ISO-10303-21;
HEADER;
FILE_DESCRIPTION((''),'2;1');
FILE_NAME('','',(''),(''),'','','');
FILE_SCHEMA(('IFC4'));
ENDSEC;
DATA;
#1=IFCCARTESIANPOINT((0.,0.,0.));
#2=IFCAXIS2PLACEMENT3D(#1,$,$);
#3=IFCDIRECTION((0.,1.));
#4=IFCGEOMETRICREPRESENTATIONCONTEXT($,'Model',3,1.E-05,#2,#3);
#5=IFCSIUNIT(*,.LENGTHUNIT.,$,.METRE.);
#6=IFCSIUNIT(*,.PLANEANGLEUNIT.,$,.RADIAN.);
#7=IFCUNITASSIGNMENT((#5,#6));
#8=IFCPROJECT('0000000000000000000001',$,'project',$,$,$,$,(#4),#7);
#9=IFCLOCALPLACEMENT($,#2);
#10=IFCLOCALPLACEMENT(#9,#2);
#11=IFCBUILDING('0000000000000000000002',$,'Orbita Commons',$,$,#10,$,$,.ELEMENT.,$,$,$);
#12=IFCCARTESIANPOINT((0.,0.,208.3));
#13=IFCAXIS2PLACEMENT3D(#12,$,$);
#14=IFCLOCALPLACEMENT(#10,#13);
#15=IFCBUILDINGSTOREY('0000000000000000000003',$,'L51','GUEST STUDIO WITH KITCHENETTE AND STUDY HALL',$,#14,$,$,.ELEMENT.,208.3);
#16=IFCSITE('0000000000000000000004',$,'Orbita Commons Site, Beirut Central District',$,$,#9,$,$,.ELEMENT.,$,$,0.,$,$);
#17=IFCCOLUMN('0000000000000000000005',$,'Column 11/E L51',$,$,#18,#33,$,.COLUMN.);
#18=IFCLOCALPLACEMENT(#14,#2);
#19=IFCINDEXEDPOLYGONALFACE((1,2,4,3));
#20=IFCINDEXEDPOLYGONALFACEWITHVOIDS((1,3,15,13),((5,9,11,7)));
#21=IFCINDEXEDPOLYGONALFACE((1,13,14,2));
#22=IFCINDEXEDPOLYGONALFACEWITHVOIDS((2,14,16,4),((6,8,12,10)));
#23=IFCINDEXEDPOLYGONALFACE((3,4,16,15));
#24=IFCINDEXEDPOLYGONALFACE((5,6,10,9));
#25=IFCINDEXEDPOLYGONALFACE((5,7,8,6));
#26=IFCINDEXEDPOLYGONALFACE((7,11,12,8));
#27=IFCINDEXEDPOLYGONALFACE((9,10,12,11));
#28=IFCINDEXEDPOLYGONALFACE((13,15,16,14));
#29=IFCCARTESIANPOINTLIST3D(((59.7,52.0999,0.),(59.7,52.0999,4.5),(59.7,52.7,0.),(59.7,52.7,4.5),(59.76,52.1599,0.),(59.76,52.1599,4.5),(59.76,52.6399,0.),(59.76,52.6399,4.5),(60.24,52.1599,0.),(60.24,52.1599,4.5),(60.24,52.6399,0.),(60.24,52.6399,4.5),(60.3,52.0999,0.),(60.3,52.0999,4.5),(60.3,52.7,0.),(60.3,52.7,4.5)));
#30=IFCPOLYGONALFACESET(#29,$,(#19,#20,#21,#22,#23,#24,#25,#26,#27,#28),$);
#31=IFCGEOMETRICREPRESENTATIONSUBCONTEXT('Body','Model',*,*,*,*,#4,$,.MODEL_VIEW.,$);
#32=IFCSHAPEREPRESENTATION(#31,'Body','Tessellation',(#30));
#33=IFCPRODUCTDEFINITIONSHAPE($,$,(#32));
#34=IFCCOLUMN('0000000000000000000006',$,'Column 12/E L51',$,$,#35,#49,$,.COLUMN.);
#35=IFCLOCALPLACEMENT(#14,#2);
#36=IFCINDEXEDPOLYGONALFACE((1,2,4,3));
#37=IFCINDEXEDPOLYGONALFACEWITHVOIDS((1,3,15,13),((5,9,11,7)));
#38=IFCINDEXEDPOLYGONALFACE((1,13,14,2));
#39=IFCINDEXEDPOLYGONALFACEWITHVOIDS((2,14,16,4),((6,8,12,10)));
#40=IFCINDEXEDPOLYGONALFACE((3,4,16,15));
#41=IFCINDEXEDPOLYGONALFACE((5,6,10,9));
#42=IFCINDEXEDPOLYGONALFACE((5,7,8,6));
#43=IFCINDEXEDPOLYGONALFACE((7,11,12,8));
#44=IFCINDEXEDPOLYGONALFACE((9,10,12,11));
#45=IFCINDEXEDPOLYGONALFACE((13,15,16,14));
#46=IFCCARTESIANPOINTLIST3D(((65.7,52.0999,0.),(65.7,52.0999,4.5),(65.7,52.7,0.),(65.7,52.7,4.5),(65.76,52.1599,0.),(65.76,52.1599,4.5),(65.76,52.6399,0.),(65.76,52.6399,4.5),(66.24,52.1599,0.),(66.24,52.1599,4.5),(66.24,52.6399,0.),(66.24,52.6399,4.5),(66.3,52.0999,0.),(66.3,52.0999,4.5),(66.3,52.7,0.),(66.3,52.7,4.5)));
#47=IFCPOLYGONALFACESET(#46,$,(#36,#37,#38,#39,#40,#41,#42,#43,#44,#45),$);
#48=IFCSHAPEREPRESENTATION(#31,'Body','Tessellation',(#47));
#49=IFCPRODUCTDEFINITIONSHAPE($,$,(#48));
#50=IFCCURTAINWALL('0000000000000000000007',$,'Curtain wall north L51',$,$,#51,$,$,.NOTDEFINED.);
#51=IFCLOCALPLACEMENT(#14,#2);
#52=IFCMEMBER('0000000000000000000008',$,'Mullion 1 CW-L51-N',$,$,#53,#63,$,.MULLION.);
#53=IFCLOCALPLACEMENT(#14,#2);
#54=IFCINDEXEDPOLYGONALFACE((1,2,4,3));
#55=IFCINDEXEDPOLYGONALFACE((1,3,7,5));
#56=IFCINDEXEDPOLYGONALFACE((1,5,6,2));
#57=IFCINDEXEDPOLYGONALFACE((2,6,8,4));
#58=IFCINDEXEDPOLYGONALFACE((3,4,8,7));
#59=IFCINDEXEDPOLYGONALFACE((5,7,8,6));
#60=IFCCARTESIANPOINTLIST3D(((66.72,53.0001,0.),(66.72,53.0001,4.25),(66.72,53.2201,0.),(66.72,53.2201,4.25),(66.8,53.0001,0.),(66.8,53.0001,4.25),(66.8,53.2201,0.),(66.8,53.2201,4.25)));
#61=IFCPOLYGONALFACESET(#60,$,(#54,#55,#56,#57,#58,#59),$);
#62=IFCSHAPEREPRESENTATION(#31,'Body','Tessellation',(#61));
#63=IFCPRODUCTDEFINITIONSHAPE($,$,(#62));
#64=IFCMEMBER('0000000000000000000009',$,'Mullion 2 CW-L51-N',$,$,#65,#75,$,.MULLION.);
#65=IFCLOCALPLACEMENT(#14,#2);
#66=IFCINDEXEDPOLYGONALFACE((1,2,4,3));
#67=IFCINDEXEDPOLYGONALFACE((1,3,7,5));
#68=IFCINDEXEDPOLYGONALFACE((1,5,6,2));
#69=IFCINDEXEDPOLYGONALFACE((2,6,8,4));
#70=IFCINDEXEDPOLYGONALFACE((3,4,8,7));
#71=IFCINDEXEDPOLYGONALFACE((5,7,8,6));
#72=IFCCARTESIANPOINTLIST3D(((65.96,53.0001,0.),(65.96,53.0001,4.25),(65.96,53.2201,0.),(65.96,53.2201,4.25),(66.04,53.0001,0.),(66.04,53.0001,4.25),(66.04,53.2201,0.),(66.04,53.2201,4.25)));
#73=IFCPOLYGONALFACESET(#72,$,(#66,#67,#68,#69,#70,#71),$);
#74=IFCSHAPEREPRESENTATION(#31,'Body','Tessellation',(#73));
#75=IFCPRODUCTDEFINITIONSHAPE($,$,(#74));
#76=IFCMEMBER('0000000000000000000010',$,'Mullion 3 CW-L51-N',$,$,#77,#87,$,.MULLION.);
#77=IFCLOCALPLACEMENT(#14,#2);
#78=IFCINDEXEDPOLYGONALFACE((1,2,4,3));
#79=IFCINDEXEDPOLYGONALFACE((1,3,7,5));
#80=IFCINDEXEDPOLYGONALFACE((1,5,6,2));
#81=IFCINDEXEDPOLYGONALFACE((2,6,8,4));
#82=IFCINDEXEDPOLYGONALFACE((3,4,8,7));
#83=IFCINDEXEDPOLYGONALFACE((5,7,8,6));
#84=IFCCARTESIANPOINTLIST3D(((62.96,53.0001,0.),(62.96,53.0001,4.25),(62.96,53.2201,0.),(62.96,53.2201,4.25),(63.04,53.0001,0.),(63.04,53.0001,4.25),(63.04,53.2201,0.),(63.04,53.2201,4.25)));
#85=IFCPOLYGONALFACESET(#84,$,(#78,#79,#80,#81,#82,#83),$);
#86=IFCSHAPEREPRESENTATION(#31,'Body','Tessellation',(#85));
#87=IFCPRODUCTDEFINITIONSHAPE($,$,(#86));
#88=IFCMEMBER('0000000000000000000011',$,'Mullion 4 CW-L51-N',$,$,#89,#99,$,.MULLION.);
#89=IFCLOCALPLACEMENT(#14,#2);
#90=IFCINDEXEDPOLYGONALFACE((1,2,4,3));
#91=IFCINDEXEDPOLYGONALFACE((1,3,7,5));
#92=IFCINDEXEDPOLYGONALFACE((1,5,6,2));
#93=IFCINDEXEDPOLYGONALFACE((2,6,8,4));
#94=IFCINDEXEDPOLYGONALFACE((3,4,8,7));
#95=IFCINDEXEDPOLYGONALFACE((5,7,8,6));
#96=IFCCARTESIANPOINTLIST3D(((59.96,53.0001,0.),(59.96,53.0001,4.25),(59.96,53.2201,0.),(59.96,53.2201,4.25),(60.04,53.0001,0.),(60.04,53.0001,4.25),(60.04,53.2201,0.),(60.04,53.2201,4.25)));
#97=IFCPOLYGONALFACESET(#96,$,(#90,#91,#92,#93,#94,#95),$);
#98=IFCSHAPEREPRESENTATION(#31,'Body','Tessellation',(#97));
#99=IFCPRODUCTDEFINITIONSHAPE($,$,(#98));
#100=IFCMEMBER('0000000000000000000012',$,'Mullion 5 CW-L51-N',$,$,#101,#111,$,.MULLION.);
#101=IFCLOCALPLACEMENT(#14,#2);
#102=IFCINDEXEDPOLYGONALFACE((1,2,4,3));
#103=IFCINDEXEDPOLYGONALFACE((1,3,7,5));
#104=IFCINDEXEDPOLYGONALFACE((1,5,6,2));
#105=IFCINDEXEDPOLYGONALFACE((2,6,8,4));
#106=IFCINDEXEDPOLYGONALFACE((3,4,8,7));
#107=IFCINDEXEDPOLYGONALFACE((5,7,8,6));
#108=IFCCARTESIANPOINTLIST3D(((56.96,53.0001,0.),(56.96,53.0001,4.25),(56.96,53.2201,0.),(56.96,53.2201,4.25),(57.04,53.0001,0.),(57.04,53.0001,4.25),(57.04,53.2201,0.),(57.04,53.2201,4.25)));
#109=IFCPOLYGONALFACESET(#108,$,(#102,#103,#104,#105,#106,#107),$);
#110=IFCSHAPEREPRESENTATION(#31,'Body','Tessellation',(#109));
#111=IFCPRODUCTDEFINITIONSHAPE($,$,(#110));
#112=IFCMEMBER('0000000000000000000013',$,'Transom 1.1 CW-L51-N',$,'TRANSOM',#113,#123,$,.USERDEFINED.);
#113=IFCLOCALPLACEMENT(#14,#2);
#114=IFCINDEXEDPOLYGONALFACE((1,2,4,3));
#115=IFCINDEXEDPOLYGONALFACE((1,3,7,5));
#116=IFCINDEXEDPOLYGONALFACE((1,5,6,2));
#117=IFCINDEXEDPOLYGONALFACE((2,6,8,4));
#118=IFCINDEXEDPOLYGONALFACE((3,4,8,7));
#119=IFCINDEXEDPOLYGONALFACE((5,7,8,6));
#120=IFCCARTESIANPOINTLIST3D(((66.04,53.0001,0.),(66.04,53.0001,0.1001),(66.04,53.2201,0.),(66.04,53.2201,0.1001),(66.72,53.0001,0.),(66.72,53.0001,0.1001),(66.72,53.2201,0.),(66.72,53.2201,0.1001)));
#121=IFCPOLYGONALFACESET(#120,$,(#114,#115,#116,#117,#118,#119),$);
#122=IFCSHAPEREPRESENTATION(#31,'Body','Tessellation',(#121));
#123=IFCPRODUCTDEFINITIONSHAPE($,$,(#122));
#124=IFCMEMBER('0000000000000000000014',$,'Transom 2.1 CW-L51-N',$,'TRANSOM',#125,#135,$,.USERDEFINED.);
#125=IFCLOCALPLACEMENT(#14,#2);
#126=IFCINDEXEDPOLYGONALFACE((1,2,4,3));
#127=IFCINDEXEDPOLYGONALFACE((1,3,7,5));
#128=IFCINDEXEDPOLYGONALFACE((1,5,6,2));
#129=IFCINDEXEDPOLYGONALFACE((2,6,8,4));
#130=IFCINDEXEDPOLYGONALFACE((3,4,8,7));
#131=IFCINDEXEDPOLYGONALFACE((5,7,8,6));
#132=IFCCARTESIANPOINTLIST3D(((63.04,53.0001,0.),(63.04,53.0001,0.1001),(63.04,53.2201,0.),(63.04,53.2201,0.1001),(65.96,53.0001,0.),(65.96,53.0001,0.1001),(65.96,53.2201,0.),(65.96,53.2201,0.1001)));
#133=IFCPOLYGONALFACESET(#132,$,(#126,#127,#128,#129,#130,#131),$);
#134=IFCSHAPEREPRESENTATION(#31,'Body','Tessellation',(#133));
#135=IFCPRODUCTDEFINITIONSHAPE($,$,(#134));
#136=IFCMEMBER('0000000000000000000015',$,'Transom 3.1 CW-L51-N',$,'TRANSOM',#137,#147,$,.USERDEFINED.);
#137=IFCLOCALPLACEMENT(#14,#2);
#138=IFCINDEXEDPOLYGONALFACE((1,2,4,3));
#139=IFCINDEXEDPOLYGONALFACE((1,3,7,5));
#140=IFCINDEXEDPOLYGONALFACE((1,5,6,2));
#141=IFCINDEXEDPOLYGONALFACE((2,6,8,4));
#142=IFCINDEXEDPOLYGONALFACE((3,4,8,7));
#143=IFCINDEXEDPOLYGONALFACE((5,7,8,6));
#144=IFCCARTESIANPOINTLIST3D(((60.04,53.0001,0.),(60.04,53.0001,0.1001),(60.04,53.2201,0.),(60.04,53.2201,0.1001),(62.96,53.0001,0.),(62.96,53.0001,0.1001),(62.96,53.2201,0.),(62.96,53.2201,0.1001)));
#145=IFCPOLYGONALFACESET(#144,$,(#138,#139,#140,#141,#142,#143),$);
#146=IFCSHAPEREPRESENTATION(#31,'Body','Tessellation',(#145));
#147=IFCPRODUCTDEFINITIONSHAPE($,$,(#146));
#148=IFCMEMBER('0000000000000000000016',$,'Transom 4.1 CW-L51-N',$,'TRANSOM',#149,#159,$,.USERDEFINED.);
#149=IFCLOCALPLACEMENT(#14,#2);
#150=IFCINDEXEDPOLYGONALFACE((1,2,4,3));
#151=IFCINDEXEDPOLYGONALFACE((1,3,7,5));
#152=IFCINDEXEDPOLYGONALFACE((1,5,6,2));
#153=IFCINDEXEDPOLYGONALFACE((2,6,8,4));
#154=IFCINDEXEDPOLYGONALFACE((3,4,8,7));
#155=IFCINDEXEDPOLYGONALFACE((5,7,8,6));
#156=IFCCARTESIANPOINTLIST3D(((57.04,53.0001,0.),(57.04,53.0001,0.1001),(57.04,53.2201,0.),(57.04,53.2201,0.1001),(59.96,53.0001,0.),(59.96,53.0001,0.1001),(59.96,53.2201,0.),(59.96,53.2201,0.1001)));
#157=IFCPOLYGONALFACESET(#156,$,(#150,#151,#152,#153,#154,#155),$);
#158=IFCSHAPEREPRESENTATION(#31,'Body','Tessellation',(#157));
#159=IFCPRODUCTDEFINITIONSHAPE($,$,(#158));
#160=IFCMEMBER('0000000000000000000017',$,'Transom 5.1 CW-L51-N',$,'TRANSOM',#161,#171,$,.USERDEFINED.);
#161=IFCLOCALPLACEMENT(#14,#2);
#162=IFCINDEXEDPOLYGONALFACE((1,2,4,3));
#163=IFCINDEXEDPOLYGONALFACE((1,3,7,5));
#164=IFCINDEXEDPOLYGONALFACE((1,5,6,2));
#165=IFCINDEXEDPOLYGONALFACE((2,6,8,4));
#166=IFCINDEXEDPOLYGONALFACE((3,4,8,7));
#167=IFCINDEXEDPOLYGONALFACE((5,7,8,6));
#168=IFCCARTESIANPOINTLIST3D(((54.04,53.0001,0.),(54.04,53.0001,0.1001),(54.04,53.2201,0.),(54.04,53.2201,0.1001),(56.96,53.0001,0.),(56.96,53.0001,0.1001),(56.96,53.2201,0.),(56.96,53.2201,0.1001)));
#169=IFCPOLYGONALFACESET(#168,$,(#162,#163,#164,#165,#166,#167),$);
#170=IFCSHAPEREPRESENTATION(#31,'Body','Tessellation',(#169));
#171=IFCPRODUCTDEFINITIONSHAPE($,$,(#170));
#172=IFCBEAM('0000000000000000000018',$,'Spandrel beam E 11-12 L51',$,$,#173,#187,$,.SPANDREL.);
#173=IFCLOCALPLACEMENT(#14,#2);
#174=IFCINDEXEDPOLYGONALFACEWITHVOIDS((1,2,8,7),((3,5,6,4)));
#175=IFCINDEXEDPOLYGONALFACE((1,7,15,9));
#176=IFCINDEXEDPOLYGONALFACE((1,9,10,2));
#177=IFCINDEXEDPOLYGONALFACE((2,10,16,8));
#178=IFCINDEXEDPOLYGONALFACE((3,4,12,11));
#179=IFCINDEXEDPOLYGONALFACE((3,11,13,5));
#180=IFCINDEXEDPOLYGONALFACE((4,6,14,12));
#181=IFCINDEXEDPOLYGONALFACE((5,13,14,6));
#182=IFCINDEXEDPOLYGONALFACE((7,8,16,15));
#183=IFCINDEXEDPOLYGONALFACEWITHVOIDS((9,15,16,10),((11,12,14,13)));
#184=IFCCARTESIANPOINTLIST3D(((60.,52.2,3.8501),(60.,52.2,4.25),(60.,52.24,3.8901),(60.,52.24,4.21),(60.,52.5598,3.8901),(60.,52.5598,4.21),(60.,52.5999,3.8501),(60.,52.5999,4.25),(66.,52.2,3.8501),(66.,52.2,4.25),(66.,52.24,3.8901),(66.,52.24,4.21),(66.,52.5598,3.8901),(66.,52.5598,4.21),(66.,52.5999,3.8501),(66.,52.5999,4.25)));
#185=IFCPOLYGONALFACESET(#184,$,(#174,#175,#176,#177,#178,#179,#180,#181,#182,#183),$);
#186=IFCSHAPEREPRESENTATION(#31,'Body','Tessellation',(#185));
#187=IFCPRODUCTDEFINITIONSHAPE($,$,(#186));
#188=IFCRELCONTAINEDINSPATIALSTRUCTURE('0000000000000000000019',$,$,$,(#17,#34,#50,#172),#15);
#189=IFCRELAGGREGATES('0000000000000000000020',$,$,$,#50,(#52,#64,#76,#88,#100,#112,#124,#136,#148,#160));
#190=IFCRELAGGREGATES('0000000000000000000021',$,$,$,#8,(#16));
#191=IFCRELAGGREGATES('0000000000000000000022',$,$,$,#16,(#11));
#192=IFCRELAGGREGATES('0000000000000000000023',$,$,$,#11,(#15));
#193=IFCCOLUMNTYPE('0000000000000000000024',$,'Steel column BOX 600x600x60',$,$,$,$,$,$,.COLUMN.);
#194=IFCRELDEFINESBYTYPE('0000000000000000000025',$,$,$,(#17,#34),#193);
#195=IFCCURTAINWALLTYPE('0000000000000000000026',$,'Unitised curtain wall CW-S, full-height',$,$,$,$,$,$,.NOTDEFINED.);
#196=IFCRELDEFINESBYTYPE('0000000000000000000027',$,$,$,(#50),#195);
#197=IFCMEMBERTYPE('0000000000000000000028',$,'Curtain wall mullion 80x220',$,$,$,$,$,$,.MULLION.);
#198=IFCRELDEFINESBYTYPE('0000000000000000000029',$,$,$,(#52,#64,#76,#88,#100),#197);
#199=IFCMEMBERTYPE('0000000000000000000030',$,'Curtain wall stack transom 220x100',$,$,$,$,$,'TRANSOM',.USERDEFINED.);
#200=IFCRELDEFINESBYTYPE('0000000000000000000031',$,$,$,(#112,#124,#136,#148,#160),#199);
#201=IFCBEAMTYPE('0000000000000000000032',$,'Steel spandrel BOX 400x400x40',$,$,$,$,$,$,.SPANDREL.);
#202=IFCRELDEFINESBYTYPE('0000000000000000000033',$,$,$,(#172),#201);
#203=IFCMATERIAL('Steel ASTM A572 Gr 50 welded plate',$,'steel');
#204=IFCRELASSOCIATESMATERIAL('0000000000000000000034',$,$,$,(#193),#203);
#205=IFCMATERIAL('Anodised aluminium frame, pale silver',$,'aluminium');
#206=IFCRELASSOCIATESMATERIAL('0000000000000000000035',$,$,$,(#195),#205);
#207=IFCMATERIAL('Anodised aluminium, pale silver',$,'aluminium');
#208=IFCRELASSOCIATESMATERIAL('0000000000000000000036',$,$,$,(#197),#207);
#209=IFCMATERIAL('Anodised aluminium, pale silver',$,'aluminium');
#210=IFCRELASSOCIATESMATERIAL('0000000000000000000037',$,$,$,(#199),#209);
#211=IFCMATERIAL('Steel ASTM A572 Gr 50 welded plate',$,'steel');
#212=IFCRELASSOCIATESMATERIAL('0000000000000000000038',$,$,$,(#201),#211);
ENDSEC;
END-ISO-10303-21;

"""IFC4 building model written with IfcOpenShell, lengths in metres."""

from ifc_helpers import new_model, si_unit, direction, frame, origin, origin_2d, place, context, subcontext, project, spatial, rectangle, hollow_rectangle, extrude, material, material_profile, profile_set, type_object, element, aggregate, save


model = new_model("IFC4")

# Units and contexts
model_context = context("Model", 3, precision=1e-05, world=origin(), true_north=direction((0.0, 1.0)))
body_context = subcontext(model_context, "Body", "Model", "MODEL_VIEW")
ifc_project = project(units=[si_unit("LENGTHUNIT", "METRE"), si_unit("PLANEANGLEUNIT", "RADIAN")], contexts=[model_context])

# Site, building, storey
site_placement = place(None, origin())
site = spatial("IfcSite", under=ifc_project, at=site_placement, Name="Orbita Commons Site, Beirut Central District", CompositionType="ELEMENT", RefElevation=0.0)
building_placement = place(site_placement, origin())
building = spatial("IfcBuilding", under=site, at=building_placement, Name="Orbita Commons", CompositionType="ELEMENT")
storey_placement = place(building_placement, frame((0.0, 0.0, 208.3)))
storey = spatial("IfcBuildingStorey", under=building, at=storey_placement, Name="L51", Description="GUEST STUDIO WITH KITCHENETTE AND STUDY HALL", CompositionType="ELEMENT", Elevation=208.3)

# Columns
ifc_material_1 = material(Name="Steel ASTM A572 Gr 50 welded plate", Category="steel")
ifc_material_profile_1 = material_profile(ifc_material_1, hollow_rectangle(XDim=0.6001, YDim=0.6001, WallThickness=0.0601, at=origin_2d()), Name="BOX 600x600x60")
ifc_profile_set_1 = profile_set([ifc_material_profile_1], Name="Steel ASTM A572 Gr 50 welded plate")
column_type = type_object("IfcColumnType", Name="Steel column BOX 600x600x60", PredefinedType="COLUMN", material=ifc_profile_set_1)
for number, where, z_axis, x_axis, name in (
    (1, (60.0, 52.3999, 0.0), (0.0, 0.0, 1.0), (1.0, 0.0, 0.0), "Column 11/E L51"),
    (2, (66.0, 52.3999, 0.0), (0.0, 0.0, 1.0), (1.0, 0.0, 0.0), "Column 12/E L51"),
):
    element("IfcColumn", number, at=place(storey_placement, frame(where, z_axis=z_axis, x_axis=x_axis)), inside=storey, type_object=column_type, Name=name, PredefinedType="COLUMN", context=body_context, shape_type="SweptSolid", body=[
        extrude(hollow_rectangle(XDim=0.6001, YDim=0.6001, WallThickness=0.0601, at=origin_2d()), origin(), (0.0, 0.0, 1.0), 4.5),
    ])

# Curtain wall, members
ifc_material_2 = material(Name="Anodised aluminium frame, pale silver", Category="aluminium")
curtain_wall_type = type_object("IfcCurtainWallType", Name="Unitised curtain wall CW-S, full-height", PredefinedType="NOTDEFINED", material=ifc_material_2)
curtain_wall_placement = place(storey_placement, origin())
curtain_wall = element("IfcCurtainWall", 3, at=curtain_wall_placement, inside=storey, type_object=curtain_wall_type, Name="Curtain wall north L51", PredefinedType="NOTDEFINED")
ifc_material_3 = material(Name="Anodised aluminium, pale silver", Category="aluminium")
ifc_material_profile_2 = material_profile(ifc_material_3, rectangle(XDim=0.0801, YDim=0.22, at=origin_2d()), Name="AL 80x220")
ifc_profile_set_2 = profile_set([ifc_material_profile_2], Name="Anodised aluminium, pale silver")
member_type_1 = type_object("IfcMemberType", Name="Curtain wall mullion 80x220", PredefinedType="MULLION", material=ifc_profile_set_2)
member_1_placement = place(storey_placement, frame((66.76, 53.1101, 0.0), z_axis=(0.0, 0.0, 1.0), x_axis=(-1.0, 0.0, 0.0)))
member_1 = element("IfcMember", 4, at=member_1_placement, type_object=member_type_1, Name="Mullion 1 CW-L51-N", PredefinedType="MULLION", context=body_context, shape_type="SweptSolid", body=[
    extrude(rectangle(XDim=0.0801, YDim=0.22, at=origin_2d()), origin(), (0.0, 0.0, 1.0), 4.25),
])
member_2_placement = place(storey_placement, frame((66.0, 53.1101, 0.0), z_axis=(0.0, 0.0, 1.0), x_axis=(-1.0, 0.0, 0.0)))
member_2 = element("IfcMember", 5, at=member_2_placement, type_object=member_type_1, Name="Mullion 2 CW-L51-N", PredefinedType="MULLION", context=body_context, shape_type="SweptSolid", body=[
    extrude(rectangle(XDim=0.0801, YDim=0.22, at=origin_2d()), origin(), (0.0, 0.0, 1.0), 4.25),
])
member_3_placement = place(storey_placement, frame((63.0, 53.1101, 0.0), z_axis=(0.0, 0.0, 1.0), x_axis=(-1.0, 0.0, 0.0)))
member_3 = element("IfcMember", 6, at=member_3_placement, type_object=member_type_1, Name="Mullion 3 CW-L51-N", PredefinedType="MULLION", context=body_context, shape_type="SweptSolid", body=[
    extrude(rectangle(XDim=0.0801, YDim=0.22, at=origin_2d()), origin(), (0.0, 0.0, 1.0), 4.25),
])
member_4_placement = place(storey_placement, frame((60.0, 53.1101, 0.0), z_axis=(0.0, 0.0, 1.0), x_axis=(-1.0, 0.0, 0.0)))
member_4 = element("IfcMember", 7, at=member_4_placement, type_object=member_type_1, Name="Mullion 4 CW-L51-N", PredefinedType="MULLION", context=body_context, shape_type="SweptSolid", body=[
    extrude(rectangle(XDim=0.0801, YDim=0.22, at=origin_2d()), origin(), (0.0, 0.0, 1.0), 4.25),
])
member_5_placement = place(storey_placement, frame((57.0, 53.1101, 0.0), z_axis=(0.0, 0.0, 1.0), x_axis=(-1.0, 0.0, 0.0)))
member_5 = element("IfcMember", 8, at=member_5_placement, type_object=member_type_1, Name="Mullion 5 CW-L51-N", PredefinedType="MULLION", context=body_context, shape_type="SweptSolid", body=[
    extrude(rectangle(XDim=0.0801, YDim=0.22, at=origin_2d()), origin(), (0.0, 0.0, 1.0), 4.25),
])
ifc_material_4 = material(Name="Anodised aluminium, pale silver", Category="aluminium")
ifc_material_profile_3 = material_profile(ifc_material_4, rectangle(XDim=0.22, YDim=0.1001, at=origin_2d()), Name="AL 220x100")
ifc_profile_set_3 = profile_set([ifc_material_profile_3], Name="Anodised aluminium, pale silver")
member_type_2 = type_object("IfcMemberType", Name="Curtain wall stack transom 220x100", ElementType="TRANSOM", PredefinedType="USERDEFINED", material=ifc_profile_set_3)
member_6_placement = place(storey_placement, frame((66.72, 53.1101, 0.05), z_axis=(-1.0, 0.0, 0.0), x_axis=(0.0, -1.0, 0.0)))
member_6 = element("IfcMember", 9, at=member_6_placement, type_object=member_type_2, Name="Transom 1.1 CW-L51-N", ObjectType="TRANSOM", PredefinedType="USERDEFINED", context=body_context, shape_type="SweptSolid", body=[
    extrude(rectangle(XDim=0.22, YDim=0.1001, at=origin_2d()), origin(), (0.0, 0.0, 1.0), 0.6799),
])
member_7_placement = place(storey_placement, frame((65.96, 53.1101, 0.05), z_axis=(-1.0, 0.0, 0.0), x_axis=(0.0, -1.0, 0.0)))
member_7 = element("IfcMember", 10, at=member_7_placement, type_object=member_type_2, Name="Transom 2.1 CW-L51-N", ObjectType="TRANSOM", PredefinedType="USERDEFINED", context=body_context, shape_type="SweptSolid", body=[
    extrude(rectangle(XDim=0.22, YDim=0.1001, at=origin_2d()), origin(), (0.0, 0.0, 1.0), 2.9199),
])
member_8_placement = place(storey_placement, frame((62.96, 53.1101, 0.05), z_axis=(-1.0, 0.0, 0.0), x_axis=(0.0, -1.0, 0.0)))
member_8 = element("IfcMember", 11, at=member_8_placement, type_object=member_type_2, Name="Transom 3.1 CW-L51-N", ObjectType="TRANSOM", PredefinedType="USERDEFINED", context=body_context, shape_type="SweptSolid", body=[
    extrude(rectangle(XDim=0.22, YDim=0.1001, at=origin_2d()), origin(), (0.0, 0.0, 1.0), 2.9199),
])
member_9_placement = place(storey_placement, frame((59.96, 53.1101, 0.05), z_axis=(-1.0, 0.0, 0.0), x_axis=(0.0, -1.0, 0.0)))
member_9 = element("IfcMember", 12, at=member_9_placement, type_object=member_type_2, Name="Transom 4.1 CW-L51-N", ObjectType="TRANSOM", PredefinedType="USERDEFINED", context=body_context, shape_type="SweptSolid", body=[
    extrude(rectangle(XDim=0.22, YDim=0.1001, at=origin_2d()), origin(), (0.0, 0.0, 1.0), 2.9199),
])
member_10_placement = place(storey_placement, frame((56.96, 53.1101, 0.05), z_axis=(-1.0, 0.0, 0.0), x_axis=(0.0, -1.0, 0.0)))
member_10 = element("IfcMember", 13, at=member_10_placement, type_object=member_type_2, Name="Transom 5.1 CW-L51-N", ObjectType="TRANSOM", PredefinedType="USERDEFINED", context=body_context, shape_type="SweptSolid", body=[
    extrude(rectangle(XDim=0.22, YDim=0.1001, at=origin_2d()), origin(), (0.0, 0.0, 1.0), 2.9199),
])

# Beam
ifc_material_5 = material(Name="Steel ASTM A572 Gr 50 welded plate", Category="steel")
ifc_material_profile_4 = material_profile(ifc_material_5, hollow_rectangle(XDim=0.3999, YDim=0.3999, WallThickness=0.04, at=origin_2d()), Name="BOX 400x400x40")
ifc_profile_set_4 = profile_set([ifc_material_profile_4], Name="Steel ASTM A572 Gr 50 welded plate")
beam_type = type_object("IfcBeamType", Name="Steel spandrel BOX 400x400x40", PredefinedType="SPANDREL", material=ifc_profile_set_4)
beam_placement = place(storey_placement, frame((60.0, 52.3999, 4.05), z_axis=(1.0, 0.0, 0.0), x_axis=(0.0, 1.0, 0.0)))
element("IfcBeam", 14, at=beam_placement, inside=storey, type_object=beam_type, Name="Spandrel beam E 11-12 L51", PredefinedType="SPANDREL", context=body_context, shape_type="SweptSolid", body=[
    extrude(hollow_rectangle(XDim=0.3999, YDim=0.3999, WallThickness=0.04, at=origin_2d()), origin(), (0.0, 0.0, 1.0), 6.0),
])

aggregate(curtain_wall, [member_1, member_2, member_3, member_4, member_5, member_6, member_7, member_8, member_9, member_10])

save(model, "model.ifc")
